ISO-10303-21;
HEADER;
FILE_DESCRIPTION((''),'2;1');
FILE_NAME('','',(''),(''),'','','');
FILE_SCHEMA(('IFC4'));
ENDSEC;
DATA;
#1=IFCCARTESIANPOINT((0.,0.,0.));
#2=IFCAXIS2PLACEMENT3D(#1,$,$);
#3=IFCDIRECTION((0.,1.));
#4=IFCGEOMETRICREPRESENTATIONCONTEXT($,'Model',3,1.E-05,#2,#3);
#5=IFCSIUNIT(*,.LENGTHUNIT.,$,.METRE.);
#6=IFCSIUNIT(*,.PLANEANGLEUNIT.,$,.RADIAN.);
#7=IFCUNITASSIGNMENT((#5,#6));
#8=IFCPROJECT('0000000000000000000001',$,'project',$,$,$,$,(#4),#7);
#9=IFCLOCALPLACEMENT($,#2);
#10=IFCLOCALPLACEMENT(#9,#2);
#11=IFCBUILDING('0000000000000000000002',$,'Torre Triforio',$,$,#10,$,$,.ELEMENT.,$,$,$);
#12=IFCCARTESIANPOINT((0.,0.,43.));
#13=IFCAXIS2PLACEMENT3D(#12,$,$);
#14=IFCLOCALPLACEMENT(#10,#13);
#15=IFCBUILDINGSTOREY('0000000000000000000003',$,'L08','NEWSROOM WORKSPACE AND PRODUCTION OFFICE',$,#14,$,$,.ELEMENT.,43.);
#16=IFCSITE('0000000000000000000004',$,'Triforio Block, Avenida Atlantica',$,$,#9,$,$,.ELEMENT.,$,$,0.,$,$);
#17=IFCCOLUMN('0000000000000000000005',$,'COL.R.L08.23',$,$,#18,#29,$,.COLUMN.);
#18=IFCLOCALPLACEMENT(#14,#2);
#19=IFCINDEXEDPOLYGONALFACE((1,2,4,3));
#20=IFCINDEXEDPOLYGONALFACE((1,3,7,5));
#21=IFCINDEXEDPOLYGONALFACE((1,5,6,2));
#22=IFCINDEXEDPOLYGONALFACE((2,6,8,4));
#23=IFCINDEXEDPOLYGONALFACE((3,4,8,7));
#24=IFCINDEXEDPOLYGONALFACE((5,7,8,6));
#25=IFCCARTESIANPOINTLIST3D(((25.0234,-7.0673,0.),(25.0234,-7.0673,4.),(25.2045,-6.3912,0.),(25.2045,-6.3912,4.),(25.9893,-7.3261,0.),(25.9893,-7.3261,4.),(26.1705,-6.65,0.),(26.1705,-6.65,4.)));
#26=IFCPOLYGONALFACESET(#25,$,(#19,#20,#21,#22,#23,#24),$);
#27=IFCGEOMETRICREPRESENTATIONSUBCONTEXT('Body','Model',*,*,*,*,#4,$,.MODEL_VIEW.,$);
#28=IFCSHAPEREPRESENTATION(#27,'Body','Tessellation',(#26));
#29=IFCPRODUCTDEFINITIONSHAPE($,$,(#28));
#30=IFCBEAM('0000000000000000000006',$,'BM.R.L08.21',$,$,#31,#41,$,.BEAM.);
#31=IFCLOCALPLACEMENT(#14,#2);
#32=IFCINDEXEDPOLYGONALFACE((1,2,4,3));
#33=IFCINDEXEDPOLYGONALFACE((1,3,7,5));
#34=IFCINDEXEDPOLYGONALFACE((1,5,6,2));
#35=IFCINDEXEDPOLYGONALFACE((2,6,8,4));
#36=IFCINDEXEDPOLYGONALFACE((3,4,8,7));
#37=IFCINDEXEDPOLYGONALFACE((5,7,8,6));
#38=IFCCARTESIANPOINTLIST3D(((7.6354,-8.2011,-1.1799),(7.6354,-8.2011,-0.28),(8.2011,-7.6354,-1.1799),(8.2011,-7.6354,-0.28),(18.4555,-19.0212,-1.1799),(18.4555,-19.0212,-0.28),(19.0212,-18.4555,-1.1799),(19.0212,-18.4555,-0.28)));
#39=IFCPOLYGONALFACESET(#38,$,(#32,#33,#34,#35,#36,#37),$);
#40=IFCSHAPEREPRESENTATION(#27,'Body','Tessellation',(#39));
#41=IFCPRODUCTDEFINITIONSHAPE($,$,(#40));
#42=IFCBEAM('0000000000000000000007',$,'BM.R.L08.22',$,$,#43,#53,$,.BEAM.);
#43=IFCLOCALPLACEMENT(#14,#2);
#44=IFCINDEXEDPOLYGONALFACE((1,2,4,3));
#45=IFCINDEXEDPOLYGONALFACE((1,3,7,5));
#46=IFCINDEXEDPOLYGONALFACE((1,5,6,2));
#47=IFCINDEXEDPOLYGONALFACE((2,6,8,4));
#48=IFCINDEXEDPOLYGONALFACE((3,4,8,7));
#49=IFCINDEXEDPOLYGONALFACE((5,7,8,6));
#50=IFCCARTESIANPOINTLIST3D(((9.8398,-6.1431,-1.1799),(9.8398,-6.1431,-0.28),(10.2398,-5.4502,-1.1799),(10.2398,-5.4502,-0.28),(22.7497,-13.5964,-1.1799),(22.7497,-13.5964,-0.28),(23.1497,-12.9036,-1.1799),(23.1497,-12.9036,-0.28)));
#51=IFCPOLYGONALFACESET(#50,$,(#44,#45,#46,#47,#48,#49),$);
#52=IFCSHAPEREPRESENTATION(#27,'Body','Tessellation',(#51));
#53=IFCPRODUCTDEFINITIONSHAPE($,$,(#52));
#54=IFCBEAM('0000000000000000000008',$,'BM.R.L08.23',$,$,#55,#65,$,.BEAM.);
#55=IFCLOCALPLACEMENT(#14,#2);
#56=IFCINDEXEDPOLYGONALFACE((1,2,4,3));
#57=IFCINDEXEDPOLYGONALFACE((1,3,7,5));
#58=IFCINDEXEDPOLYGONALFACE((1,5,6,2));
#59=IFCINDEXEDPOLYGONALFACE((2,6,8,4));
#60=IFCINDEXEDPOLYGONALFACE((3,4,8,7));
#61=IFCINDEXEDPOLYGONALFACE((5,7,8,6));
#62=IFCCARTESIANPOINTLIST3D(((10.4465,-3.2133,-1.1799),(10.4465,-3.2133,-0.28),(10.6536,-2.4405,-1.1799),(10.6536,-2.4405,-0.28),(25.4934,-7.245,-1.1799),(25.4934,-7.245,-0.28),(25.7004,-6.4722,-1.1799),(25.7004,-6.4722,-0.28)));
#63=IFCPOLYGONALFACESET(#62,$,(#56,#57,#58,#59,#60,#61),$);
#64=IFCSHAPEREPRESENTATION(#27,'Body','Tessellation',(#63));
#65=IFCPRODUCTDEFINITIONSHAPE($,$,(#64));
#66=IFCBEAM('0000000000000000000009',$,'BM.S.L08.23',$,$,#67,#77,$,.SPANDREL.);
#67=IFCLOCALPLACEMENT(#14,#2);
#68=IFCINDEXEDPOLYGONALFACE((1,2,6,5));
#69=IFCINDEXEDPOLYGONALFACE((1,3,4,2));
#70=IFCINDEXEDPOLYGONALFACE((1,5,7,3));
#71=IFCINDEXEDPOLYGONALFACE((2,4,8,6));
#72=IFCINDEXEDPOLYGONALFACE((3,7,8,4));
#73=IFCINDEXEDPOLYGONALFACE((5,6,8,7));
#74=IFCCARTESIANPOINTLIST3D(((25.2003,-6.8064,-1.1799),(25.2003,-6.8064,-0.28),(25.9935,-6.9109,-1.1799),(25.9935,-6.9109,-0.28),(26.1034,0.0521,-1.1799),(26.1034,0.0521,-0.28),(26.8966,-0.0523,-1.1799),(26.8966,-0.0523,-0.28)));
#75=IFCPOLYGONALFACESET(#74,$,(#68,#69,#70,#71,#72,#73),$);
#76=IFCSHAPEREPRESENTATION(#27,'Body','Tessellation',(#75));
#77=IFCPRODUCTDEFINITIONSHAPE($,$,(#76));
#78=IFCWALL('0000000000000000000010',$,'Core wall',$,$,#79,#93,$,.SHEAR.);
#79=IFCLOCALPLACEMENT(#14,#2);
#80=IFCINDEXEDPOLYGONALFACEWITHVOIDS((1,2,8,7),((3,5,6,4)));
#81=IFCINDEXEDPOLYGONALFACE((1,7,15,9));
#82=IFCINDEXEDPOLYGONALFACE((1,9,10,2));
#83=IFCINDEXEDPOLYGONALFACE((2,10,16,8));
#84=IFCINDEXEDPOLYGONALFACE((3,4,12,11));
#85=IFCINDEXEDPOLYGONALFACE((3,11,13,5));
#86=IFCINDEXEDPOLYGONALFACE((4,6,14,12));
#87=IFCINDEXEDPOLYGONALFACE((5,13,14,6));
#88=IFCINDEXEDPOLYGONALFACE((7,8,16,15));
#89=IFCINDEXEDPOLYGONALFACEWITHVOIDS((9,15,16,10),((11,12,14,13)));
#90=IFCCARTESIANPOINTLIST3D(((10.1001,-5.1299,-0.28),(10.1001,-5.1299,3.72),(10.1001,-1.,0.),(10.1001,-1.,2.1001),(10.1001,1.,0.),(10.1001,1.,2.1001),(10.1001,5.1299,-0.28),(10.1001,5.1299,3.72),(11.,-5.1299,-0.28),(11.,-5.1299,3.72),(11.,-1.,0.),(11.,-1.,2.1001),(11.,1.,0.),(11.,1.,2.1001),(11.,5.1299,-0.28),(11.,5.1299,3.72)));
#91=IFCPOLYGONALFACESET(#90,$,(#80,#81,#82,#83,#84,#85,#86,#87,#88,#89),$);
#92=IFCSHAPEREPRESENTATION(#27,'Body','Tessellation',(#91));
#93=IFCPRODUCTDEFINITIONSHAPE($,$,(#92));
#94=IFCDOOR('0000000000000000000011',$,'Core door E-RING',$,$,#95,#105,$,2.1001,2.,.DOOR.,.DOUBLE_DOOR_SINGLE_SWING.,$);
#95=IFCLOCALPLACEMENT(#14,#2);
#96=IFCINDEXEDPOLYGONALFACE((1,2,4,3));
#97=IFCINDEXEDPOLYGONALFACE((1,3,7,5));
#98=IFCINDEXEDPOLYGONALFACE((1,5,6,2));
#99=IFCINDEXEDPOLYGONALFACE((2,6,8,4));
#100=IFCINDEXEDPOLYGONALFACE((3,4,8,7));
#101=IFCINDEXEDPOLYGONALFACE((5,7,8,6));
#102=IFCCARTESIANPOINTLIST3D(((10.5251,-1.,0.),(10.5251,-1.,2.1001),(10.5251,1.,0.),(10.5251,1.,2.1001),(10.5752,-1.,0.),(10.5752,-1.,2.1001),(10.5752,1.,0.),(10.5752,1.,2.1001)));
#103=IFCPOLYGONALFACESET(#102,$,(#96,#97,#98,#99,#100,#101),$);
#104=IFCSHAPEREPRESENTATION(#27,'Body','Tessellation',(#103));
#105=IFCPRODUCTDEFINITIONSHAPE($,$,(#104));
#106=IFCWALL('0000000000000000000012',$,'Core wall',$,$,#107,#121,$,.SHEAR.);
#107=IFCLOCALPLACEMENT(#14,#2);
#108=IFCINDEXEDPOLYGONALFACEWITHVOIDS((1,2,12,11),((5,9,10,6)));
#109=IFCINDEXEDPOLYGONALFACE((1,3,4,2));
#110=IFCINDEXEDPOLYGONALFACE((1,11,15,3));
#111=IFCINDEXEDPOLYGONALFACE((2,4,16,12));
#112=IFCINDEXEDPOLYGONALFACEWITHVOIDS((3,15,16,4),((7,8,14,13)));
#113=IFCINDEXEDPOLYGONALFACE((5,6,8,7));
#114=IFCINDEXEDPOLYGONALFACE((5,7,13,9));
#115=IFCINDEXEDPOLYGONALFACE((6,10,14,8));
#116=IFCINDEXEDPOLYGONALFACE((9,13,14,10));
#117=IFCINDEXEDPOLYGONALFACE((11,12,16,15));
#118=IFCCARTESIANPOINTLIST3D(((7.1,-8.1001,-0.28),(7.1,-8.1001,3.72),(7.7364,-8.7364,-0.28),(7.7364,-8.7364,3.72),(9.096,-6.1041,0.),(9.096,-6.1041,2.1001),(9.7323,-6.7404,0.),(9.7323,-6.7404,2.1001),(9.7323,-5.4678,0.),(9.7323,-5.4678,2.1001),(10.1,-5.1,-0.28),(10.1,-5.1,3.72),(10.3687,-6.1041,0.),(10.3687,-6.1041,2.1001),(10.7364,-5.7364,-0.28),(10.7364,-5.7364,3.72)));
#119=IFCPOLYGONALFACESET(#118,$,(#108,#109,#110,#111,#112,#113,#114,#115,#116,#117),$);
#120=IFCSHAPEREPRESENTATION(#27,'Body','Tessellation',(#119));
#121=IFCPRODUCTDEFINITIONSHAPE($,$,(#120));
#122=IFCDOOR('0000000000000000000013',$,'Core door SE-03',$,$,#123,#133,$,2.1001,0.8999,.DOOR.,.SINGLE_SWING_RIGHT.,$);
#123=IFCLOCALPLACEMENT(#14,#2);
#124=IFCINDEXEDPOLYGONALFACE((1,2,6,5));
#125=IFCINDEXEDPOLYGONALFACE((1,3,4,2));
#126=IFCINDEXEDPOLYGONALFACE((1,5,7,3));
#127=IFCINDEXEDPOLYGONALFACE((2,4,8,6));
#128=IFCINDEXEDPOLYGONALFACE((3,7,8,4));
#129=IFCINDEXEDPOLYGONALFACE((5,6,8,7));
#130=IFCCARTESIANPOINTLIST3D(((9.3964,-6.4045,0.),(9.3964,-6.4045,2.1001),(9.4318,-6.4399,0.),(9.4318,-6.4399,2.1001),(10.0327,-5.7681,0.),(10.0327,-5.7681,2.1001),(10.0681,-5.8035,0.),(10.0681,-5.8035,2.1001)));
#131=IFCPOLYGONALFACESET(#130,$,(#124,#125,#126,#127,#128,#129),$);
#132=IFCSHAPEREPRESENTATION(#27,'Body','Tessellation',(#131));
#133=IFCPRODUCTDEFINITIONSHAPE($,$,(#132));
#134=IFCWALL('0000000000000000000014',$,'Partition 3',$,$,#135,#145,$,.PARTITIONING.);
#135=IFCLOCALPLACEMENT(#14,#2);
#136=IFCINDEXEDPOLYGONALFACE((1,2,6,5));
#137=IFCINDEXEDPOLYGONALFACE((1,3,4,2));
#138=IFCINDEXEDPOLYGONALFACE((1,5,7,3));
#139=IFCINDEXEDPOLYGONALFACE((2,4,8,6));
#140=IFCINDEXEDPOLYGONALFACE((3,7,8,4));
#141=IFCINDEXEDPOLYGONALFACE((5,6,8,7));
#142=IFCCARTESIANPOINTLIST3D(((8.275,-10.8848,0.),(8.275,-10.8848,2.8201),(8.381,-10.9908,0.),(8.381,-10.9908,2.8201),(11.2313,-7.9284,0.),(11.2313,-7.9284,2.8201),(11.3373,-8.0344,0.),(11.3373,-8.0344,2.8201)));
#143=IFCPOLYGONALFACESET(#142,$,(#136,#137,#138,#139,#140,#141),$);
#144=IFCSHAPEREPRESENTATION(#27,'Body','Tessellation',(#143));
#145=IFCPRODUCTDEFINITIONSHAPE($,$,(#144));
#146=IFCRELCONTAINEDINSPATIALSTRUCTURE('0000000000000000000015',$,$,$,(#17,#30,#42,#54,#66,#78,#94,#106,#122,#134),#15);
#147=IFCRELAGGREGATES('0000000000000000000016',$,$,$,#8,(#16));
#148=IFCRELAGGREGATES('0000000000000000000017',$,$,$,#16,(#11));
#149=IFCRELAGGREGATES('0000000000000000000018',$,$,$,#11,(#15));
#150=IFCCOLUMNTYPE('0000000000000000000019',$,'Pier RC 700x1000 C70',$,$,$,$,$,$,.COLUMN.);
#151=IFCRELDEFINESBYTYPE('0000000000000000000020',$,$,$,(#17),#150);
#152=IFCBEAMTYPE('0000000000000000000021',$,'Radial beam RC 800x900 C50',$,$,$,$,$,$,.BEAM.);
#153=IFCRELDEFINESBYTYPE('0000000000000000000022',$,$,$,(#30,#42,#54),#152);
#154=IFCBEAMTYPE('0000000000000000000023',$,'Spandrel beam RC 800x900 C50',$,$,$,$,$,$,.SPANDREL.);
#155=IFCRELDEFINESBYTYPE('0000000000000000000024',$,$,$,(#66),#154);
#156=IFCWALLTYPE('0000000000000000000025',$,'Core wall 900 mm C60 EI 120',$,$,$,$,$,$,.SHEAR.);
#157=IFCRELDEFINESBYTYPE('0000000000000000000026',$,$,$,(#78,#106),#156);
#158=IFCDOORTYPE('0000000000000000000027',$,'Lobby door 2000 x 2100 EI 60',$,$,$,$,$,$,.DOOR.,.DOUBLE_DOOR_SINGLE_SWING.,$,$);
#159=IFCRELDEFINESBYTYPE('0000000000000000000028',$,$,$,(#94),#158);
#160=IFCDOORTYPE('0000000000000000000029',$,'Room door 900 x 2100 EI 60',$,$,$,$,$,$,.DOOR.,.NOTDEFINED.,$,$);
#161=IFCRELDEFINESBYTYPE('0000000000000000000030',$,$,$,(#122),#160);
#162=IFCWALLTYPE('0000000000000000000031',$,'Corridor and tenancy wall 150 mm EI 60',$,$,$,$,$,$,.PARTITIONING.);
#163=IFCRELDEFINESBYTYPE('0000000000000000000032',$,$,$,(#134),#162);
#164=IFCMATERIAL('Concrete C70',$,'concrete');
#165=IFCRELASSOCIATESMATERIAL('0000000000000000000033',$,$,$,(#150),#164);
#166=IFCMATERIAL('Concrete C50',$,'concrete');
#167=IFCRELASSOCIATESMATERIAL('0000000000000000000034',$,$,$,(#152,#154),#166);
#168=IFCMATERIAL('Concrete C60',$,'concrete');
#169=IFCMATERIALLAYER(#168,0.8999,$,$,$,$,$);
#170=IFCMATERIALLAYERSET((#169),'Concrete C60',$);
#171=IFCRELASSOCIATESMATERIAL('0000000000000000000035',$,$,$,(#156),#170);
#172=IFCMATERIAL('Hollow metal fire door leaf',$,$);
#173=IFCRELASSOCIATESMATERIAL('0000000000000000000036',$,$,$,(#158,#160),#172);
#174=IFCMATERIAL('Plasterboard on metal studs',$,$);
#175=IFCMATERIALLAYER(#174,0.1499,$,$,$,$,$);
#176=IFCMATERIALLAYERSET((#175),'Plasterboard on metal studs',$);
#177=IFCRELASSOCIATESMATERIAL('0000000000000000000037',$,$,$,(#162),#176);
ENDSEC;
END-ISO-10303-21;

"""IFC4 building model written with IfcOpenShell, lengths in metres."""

from ifc_helpers import new_model, si_unit, direction, frame, frame_2d, origin, origin_2d, place, context, subcontext, project, spatial, rectangle, extrude, material, layer, layer_set, material_profile, profile_set, type_object, element, fill, save


model = new_model("IFC4")

# Units and contexts
model_context = context("Model", 3, precision=1e-05, world=origin(), true_north=direction((0.0, 1.0)))
body_context = subcontext(model_context, "Body", "Model", "MODEL_VIEW")
ifc_project = project(units=[si_unit("LENGTHUNIT", "METRE"), si_unit("PLANEANGLEUNIT", "RADIAN")], contexts=[model_context])

# Site, building, storey
site_placement = place(None, origin())
site = spatial("IfcSite", under=ifc_project, at=site_placement, Name="Triforio Block, Avenida Atlantica", CompositionType="ELEMENT", RefElevation=0.0)
building_placement = place(site_placement, origin())
building = spatial("IfcBuilding", under=site, at=building_placement, Name="Torre Triforio", CompositionType="ELEMENT")
storey_placement = place(building_placement, frame((0.0, 0.0, 43.0)))
storey = spatial("IfcBuildingStorey", under=building, at=storey_placement, Name="L08", Description="NEWSROOM WORKSPACE AND PRODUCTION OFFICE", CompositionType="ELEMENT", Elevation=43.0)

# Column
ifc_material_1 = material(Name="Concrete C70", Category="concrete")
ifc_material_profile_1 = material_profile(ifc_material_1, rectangle(XDim=0.7, YDim=1.0, at=origin_2d()), Name="RC 700x1000")
ifc_profile_set_1 = profile_set([ifc_material_profile_1], Name="Concrete C70")
column_type = type_object("IfcColumnType", Name="Pier RC 700x1000 C70", PredefinedType="COLUMN", material=ifc_profile_set_1)
column_placement = place(storey_placement, frame((25.5969, -6.8586, 0.0), z_axis=(0.0, 0.0, 1.0), x_axis=(0.258819, 0.965926, 0.0)))
element("IfcColumn", 1, at=column_placement, inside=storey, type_object=column_type, Name="COL.R.L08.23", PredefinedType="COLUMN", context=body_context, shape_type="SweptSolid", body=[
    extrude(rectangle(XDim=0.7, YDim=1.0, at=origin_2d()), origin(), (0.0, 0.0, 1.0), 4.0),
])

# Beams
ifc_material_2 = material(Name="Concrete C50", Category="concrete")
ifc_material_profile_2 = material_profile(ifc_material_2, rectangle(XDim=0.8, YDim=0.8999, at=origin_2d()), Name="RC 800x900")
ifc_profile_set_2 = profile_set([ifc_material_profile_2], Name="Concrete C50")
beam_type_1 = type_object("IfcBeamType", Name="Radial beam RC 800x900 C50", PredefinedType="BEAM", material=ifc_profile_set_2)
beam_1_placement = place(storey_placement, frame((7.9182, -7.9182, -0.73), z_axis=(0.707107, -0.707107, 0.0), x_axis=(0.707107, 0.707107, 0.0)))
element("IfcBeam", 2, at=beam_1_placement, inside=storey, type_object=beam_type_1, Name="BM.R.L08.21", PredefinedType="BEAM", context=body_context, shape_type="SweptSolid", body=[
    extrude(rectangle(XDim=0.8, YDim=0.8999, at=origin_2d()), origin(), (0.0, 0.0, 1.0), 15.302),
])
beam_2_placement = place(storey_placement, frame((10.0398, -5.7966, -0.73), z_axis=(0.86603, -0.499991, 0.0), x_axis=(0.499991, 0.86603, 0.0)))
element("IfcBeam", 3, at=beam_2_placement, inside=storey, type_object=beam_type_1, Name="BM.R.L08.22", PredefinedType="BEAM", context=body_context, shape_type="SweptSolid", body=[
    extrude(rectangle(XDim=0.8, YDim=0.8999, at=origin_2d()), origin(), (0.0, 0.0, 1.0), 14.907),
])
beam_3_placement = place(storey_placement, frame((10.55, -2.8269, -0.73), z_axis=(0.965927, -0.258815, 0.0), x_axis=(0.258815, 0.965927, 0.0)))
element("IfcBeam", 4, at=beam_3_placement, inside=storey, type_object=beam_type_1, Name="BM.R.L08.23", PredefinedType="BEAM", context=body_context, shape_type="SweptSolid", body=[
    extrude(rectangle(XDim=0.8, YDim=0.8999, at=origin_2d()), origin(), (0.0, 0.0, 1.0), 15.5776),
])
ifc_material_profile_3 = material_profile(ifc_material_2, rectangle(XDim=0.8, YDim=0.8999, at=origin_2d()), Name="RC 800x900")
ifc_profile_set_3 = profile_set([ifc_material_profile_3], Name="Concrete C50")
beam_type_2 = type_object("IfcBeamType", Name="Spandrel beam RC 800x900 C50", PredefinedType="SPANDREL", material=ifc_profile_set_3)
beam_4_placement = place(storey_placement, frame((25.5969, -6.8586, -0.73), z_axis=(0.130543, 0.991443, 0.0), x_axis=(-0.991443, 0.130543, 0.0)))
element("IfcBeam", 5, at=beam_4_placement, inside=storey, type_object=beam_type_2, Name="BM.S.L08.23", PredefinedType="SPANDREL", context=body_context, shape_type="SweptSolid", body=[
    extrude(rectangle(XDim=0.8, YDim=0.8999, at=origin_2d()), origin(), (0.0, 0.0, 1.0), 6.9177),
])

# Walls, openings, doors
ifc_material_3 = material(Name="Concrete C60", Category="concrete")
ifc_layer_1 = layer(ifc_material_3, 0.8999)
ifc_layer_set_1 = layer_set([ifc_layer_1], Name="Concrete C60")
wall_type_1 = type_object("IfcWallType", Name="Core wall 900 mm C60 EI 120", PredefinedType="SHEAR", material=ifc_layer_set_1)
wall_1_placement = place(storey_placement, frame((10.55, -5.1299, -0.28), z_axis=(0.0, 0.0, 1.0), x_axis=(0.0, 1.0, 0.0)))
wall_1 = element("IfcWall", 6, at=wall_1_placement, inside=storey, type_object=wall_type_1, Name="Core wall", PredefinedType="SHEAR", context=body_context, shape_type="SweptSolid", body=[
    extrude(rectangle(XDim=10.2598, YDim=0.8999, at=frame_2d((5.1299, 0.0))), origin(), (0.0, 0.0, 1.0), 4.0),
])
opening_1_placement = place(wall_1_placement, frame((4.1299, 0.0, 0.28)))
opening_1 = element("IfcOpeningElement", 7, at=opening_1_placement, cuts=wall_1, PredefinedType="OPENING", context=body_context, shape_type="SweptSolid", body=[
    extrude(rectangle(XDim=2.0, YDim=2.1001, at=frame_2d((1.0, 1.05))), frame((0.0, 0.46, 0.0), z_axis=(0.0, -1.0, 0.0), x_axis=(1.0, 0.0, 0.0)), (0.0, 0.0, 1.0), 0.9199),
])
ifc_material_4 = material(Name="Hollow metal fire door leaf")
door_type_1 = type_object("IfcDoorType", Name="Lobby door 2000 x 2100 EI 60", OperationType="DOUBLE_DOOR_SINGLE_SWING", PredefinedType="DOOR", material=ifc_material_4)
door_1_placement = place(opening_1_placement, origin())
door_1 = element("IfcDoor", 8, at=door_1_placement, inside=storey, type_object=door_type_1, Name="Core door E-RING", OperationType="DOUBLE_DOOR_SINGLE_SWING", OverallHeight=2.1001, OverallWidth=2.0, PredefinedType="DOOR", context=body_context, shape_type="SweptSolid", body=[
    extrude(rectangle(XDim=2.0, YDim=2.1001, at=frame_2d((1.0, 1.05))), frame((0.0, 0.0249, 0.0), z_axis=(0.0, -1.0, 0.0), x_axis=(1.0, 0.0, 0.0)), (0.0, 0.0, 1.0), 0.05),
])
fill(opening_1, door_1)
wall_2_placement = place(storey_placement, frame((10.4182, -5.4182, -0.28), z_axis=(0.0, 0.0, 1.0), x_axis=(-0.707107, -0.707107, 0.0)))
wall_2 = element("IfcWall", 9, at=wall_2_placement, inside=storey, type_object=wall_type_1, Name="Core wall", PredefinedType="SHEAR", context=body_context, shape_type="SweptSolid", body=[
    extrude(rectangle(XDim=4.2427, YDim=0.8999, at=frame_2d((2.1213, 0.0))), origin(), (0.0, 0.0, 1.0), 4.0),
])
opening_2_placement = place(wall_2_placement, frame((0.52, 0.0, 0.28)))
opening_2 = element("IfcOpeningElement", 10, at=opening_2_placement, cuts=wall_2, PredefinedType="OPENING", context=body_context, shape_type="SweptSolid", body=[
    extrude(rectangle(XDim=0.8999, YDim=2.1001, at=frame_2d((0.45, 1.05))), frame((0.0, 0.46, 0.0), z_axis=(0.0, -1.0, 0.0), x_axis=(1.0, 0.0, 0.0)), (0.0, 0.0, 1.0), 0.9199),
])
door_type_2 = type_object("IfcDoorType", Name="Room door 900 x 2100 EI 60", OperationType="NOTDEFINED", PredefinedType="DOOR", material=ifc_material_4)
door_2_placement = place(opening_2_placement, origin())
door_2 = element("IfcDoor", 11, at=door_2_placement, inside=storey, type_object=door_type_2, Name="Core door SE-03", OperationType="SINGLE_SWING_RIGHT", OverallHeight=2.1001, OverallWidth=0.8999, PredefinedType="DOOR", context=body_context, shape_type="SweptSolid", body=[
    extrude(rectangle(XDim=0.8999, YDim=2.1001, at=frame_2d((0.45, 1.05))), frame((0.0, 0.0249, 0.0), z_axis=(0.0, -1.0, 0.0), x_axis=(1.0, 0.0, 0.0)), (0.0, 0.0, 1.0), 0.05),
])
fill(opening_2, door_2)

# Wall
ifc_material_5 = material(Name="Plasterboard on metal studs")
ifc_layer_2 = layer(ifc_material_5, 0.1499)
ifc_layer_set_2 = layer_set([ifc_layer_2], Name="Plasterboard on metal studs")
wall_type_2 = type_object("IfcWallType", Name="Corridor and tenancy wall 150 mm EI 60", PredefinedType="PARTITIONING", material=ifc_layer_set_2)
wall_3_placement = place(storey_placement, frame((11.2842, -7.9814, 0.0), z_axis=(0.0, 0.0, 1.0), x_axis=(-0.707078, -0.707136, 0.0)))
element("IfcWall", 12, at=wall_3_placement, inside=storey, type_object=wall_type_2, Name="Partition 3", PredefinedType="PARTITIONING", context=body_context, shape_type="SweptSolid", body=[
    extrude(rectangle(XDim=4.1809, YDim=0.1499, at=frame_2d((2.0903, 0.0))), origin(), (0.0, 0.0, 1.0), 2.8201),
])

save(model, "model.ifc")
